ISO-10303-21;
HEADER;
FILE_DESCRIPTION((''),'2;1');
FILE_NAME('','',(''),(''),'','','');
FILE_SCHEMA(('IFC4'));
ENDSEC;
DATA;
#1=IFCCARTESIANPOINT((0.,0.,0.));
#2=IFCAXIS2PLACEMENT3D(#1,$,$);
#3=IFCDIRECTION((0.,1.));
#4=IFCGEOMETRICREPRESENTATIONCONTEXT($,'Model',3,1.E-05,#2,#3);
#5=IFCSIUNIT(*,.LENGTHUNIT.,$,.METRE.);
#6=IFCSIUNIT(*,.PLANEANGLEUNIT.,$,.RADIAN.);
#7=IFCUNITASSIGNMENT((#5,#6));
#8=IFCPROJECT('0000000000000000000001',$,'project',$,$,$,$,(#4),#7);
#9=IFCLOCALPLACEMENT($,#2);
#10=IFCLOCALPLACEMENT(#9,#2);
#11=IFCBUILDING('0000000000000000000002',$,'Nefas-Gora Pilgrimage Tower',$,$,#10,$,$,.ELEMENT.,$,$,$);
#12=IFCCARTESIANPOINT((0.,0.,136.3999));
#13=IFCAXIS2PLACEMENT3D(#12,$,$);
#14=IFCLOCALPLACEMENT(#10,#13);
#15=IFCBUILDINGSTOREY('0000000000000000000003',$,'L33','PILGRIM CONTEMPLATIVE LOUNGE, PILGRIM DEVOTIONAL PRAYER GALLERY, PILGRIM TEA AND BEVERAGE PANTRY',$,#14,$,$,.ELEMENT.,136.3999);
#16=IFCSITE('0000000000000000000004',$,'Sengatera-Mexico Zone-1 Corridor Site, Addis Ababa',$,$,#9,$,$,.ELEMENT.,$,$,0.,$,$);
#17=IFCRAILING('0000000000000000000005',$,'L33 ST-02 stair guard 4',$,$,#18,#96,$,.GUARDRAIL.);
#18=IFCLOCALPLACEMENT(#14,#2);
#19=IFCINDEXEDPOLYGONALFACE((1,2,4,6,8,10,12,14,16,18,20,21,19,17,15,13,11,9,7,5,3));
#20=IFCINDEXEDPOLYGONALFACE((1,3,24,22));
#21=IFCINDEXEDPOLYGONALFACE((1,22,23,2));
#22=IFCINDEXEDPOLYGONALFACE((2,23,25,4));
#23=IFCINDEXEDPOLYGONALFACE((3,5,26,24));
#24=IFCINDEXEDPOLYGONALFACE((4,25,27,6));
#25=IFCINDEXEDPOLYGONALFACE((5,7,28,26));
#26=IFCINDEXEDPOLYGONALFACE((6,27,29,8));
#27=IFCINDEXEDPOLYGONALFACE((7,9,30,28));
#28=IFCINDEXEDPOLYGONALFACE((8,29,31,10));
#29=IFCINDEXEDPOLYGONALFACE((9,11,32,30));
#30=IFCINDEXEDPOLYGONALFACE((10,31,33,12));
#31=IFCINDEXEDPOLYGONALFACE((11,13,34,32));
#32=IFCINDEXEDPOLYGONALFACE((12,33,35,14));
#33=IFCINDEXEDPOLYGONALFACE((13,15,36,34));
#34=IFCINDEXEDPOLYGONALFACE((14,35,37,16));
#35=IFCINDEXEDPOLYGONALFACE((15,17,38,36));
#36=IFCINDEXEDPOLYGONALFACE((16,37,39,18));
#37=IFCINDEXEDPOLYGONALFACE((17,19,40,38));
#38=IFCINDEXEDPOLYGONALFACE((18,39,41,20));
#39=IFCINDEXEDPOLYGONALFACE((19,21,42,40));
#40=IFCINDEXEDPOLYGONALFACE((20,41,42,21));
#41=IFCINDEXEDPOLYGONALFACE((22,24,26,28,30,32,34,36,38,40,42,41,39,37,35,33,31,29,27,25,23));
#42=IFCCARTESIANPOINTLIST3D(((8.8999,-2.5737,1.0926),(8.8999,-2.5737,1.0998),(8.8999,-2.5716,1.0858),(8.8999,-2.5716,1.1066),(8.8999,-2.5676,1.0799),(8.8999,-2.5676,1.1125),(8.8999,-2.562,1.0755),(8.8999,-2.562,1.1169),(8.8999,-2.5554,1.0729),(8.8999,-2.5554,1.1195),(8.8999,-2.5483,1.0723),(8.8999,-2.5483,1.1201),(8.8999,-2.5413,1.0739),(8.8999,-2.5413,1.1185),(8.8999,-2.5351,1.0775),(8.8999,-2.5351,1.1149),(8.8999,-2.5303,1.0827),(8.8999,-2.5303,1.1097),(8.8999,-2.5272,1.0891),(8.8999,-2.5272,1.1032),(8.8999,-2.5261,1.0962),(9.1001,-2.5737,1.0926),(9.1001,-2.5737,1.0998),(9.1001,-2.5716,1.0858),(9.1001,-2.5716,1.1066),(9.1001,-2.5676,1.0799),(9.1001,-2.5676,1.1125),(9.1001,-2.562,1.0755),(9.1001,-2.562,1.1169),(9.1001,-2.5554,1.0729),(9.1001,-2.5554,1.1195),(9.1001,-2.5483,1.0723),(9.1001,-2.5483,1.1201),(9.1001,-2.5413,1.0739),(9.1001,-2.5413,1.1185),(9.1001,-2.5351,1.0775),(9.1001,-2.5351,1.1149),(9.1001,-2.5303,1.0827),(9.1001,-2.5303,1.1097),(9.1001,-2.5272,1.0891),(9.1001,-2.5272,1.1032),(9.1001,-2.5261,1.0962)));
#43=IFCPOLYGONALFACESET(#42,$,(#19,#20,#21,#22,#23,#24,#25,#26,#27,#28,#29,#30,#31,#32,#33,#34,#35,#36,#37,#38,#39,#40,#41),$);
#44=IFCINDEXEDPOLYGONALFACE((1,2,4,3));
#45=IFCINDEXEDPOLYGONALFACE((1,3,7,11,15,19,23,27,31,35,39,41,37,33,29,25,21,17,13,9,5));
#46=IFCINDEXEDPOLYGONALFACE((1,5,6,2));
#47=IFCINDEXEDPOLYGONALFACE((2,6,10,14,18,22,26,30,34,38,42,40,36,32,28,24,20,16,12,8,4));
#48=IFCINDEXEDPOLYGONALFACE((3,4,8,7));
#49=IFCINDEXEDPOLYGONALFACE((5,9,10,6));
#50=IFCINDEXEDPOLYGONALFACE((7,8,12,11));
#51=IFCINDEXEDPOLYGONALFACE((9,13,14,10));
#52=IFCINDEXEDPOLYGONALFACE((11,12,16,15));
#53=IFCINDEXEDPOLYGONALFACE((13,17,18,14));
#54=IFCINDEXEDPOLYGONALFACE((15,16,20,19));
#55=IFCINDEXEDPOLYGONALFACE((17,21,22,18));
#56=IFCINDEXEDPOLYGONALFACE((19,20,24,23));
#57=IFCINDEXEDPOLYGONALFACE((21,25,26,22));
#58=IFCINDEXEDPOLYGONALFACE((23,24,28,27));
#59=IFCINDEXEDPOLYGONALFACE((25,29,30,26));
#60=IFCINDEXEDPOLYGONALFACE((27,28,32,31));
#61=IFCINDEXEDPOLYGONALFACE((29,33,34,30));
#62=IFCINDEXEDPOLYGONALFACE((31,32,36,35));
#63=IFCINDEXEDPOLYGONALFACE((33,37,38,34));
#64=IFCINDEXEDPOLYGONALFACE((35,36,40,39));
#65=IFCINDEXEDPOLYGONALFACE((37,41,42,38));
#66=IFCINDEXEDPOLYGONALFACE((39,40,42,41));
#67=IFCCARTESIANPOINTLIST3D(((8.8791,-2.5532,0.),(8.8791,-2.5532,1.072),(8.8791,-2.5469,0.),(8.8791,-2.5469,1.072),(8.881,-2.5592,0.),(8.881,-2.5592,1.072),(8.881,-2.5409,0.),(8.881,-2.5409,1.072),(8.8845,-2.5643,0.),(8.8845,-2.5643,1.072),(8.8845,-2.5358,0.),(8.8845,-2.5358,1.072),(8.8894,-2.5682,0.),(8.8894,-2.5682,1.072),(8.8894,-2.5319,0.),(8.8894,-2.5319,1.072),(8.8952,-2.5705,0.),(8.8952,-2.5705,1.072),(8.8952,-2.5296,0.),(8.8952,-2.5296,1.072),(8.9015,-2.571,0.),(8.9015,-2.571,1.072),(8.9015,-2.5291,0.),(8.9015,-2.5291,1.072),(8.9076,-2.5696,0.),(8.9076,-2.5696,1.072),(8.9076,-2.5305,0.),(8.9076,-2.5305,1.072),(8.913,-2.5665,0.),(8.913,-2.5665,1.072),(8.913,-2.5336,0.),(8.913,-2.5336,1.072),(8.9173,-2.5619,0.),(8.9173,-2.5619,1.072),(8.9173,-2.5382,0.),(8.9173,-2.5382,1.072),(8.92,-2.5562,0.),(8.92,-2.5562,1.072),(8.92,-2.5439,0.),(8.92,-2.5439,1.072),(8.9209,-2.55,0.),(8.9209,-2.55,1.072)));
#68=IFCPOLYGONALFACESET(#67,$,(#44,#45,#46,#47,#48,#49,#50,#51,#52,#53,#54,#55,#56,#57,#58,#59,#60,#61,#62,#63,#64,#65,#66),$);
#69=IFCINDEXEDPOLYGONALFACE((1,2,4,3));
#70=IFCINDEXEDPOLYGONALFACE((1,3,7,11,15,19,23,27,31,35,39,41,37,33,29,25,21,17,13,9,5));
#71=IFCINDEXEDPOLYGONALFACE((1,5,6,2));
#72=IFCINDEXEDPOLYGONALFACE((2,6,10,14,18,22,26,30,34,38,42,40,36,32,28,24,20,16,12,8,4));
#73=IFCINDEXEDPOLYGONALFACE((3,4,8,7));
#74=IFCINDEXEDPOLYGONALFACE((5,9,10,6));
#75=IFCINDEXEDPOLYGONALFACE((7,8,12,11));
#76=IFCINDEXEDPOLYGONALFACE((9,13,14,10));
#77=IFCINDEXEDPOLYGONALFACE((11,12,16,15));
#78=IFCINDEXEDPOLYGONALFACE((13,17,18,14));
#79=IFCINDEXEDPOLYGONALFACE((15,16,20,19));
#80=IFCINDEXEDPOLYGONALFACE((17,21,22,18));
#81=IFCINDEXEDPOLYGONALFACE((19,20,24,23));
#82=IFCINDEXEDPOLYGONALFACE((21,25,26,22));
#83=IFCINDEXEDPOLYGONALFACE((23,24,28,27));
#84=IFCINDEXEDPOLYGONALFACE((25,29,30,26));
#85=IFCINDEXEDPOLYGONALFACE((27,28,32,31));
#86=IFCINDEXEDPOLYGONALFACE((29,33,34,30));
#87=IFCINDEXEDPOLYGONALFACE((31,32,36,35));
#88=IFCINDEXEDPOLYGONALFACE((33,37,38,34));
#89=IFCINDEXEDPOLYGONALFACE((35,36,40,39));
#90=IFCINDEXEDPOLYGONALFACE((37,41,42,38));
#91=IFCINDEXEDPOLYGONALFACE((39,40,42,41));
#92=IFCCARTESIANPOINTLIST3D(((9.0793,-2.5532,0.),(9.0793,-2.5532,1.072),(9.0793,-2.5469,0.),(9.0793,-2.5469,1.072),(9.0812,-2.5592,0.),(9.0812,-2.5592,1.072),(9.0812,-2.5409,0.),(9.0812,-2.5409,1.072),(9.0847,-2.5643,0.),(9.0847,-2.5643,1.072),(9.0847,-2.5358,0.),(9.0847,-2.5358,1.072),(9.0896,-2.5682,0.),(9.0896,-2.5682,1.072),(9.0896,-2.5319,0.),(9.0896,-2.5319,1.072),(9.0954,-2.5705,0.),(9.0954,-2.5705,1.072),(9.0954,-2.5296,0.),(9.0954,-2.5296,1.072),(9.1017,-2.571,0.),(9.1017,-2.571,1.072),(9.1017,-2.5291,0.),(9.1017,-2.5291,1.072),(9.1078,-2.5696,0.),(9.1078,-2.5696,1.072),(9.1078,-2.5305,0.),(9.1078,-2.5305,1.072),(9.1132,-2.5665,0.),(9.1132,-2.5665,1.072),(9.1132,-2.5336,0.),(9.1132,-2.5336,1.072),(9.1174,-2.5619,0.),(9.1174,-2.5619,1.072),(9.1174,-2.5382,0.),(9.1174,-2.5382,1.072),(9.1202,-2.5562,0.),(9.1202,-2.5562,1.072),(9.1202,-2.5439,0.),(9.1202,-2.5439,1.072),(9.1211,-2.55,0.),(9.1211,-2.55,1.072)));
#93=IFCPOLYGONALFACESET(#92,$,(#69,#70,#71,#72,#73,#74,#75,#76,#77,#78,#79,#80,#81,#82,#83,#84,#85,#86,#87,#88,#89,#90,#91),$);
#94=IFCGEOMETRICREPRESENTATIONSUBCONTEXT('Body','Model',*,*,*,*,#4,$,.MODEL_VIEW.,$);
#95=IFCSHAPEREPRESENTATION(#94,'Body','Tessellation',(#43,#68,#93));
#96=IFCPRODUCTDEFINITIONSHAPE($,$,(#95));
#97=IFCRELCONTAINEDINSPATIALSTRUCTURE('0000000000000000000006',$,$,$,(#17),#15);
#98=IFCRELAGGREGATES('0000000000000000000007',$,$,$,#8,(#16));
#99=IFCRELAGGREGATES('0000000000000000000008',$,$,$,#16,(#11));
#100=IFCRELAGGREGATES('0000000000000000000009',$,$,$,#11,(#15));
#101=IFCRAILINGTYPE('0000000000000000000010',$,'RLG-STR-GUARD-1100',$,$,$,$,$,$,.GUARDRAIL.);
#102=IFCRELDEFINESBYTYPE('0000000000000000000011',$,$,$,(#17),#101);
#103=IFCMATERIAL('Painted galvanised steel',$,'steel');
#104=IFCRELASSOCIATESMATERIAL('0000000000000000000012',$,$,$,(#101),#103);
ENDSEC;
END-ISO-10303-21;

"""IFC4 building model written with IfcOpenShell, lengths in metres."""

from ifc_helpers import new_model, si_unit, direction, frame, origin, origin_2d, place, context, subcontext, project, spatial, circle, extrude, material, type_object, element, save


model = new_model("IFC4")

# Units and contexts
model_context = context("Model", 3, precision=1e-05, world=origin(), true_north=direction((0.0, 1.0)))
body_context = subcontext(model_context, "Body", "Model", "MODEL_VIEW")
ifc_project = project(units=[si_unit("LENGTHUNIT", "METRE"), si_unit("PLANEANGLEUNIT", "RADIAN")], contexts=[model_context])

# Site, building, storey
site_placement = place(None, origin())
site = spatial("IfcSite", under=ifc_project, at=site_placement, Name="Sengatera-Mexico Zone-1 Corridor Site, Addis Ababa", CompositionType="ELEMENT", RefElevation=0.0)
building_placement = place(site_placement, origin())
building = spatial("IfcBuilding", under=site, at=building_placement, Name="Nefas-Gora Pilgrimage Tower", CompositionType="ELEMENT")
storey_placement = place(building_placement, frame((0.0, 0.0, 136.3999)))
storey = spatial("IfcBuildingStorey", under=building, at=storey_placement, Name="L33", Description="PILGRIM CONTEMPLATIVE LOUNGE, PILGRIM DEVOTIONAL PRAYER GALLERY, PILGRIM TEA AND BEVERAGE PANTRY", CompositionType="ELEMENT", Elevation=136.3999)

# Railing
ifc_material_1 = material(Name="Painted galvanised steel", Category="steel")
railing_type_1 = type_object("IfcRailingType", Name="RLG-STR-GUARD-1100", PredefinedType="GUARDRAIL", material=ifc_material_1)
railing_1_placement = place(storey_placement, frame((8.8999, -2.55, 0.0)))
element("IfcRailing", 1, at=railing_1_placement, inside=storey, type_object=railing_type_1, Name="L33 ST-02 stair guard 4", PredefinedType="GUARDRAIL", context=body_context, shape_type="SweptSolid", body=[
    extrude(circle(Radius=0.0239, at=origin_2d()), frame((0.0, 0.0, 1.0962), z_axis=(1.0, 0.0, 0.0), x_axis=(0.0, 1.0, 0.0)), (0.0, 0.0, 1.0), 0.2002),
    extrude(circle(Radius=0.021, at=origin_2d()), origin(), (0.0, 0.0, 1.0), 1.072),
    extrude(circle(Radius=0.021, at=origin_2d()), frame((0.2002, 0.0, 0.0)), (0.0, 0.0, 1.0), 1.072),
])

save(model, "model.ifc")
